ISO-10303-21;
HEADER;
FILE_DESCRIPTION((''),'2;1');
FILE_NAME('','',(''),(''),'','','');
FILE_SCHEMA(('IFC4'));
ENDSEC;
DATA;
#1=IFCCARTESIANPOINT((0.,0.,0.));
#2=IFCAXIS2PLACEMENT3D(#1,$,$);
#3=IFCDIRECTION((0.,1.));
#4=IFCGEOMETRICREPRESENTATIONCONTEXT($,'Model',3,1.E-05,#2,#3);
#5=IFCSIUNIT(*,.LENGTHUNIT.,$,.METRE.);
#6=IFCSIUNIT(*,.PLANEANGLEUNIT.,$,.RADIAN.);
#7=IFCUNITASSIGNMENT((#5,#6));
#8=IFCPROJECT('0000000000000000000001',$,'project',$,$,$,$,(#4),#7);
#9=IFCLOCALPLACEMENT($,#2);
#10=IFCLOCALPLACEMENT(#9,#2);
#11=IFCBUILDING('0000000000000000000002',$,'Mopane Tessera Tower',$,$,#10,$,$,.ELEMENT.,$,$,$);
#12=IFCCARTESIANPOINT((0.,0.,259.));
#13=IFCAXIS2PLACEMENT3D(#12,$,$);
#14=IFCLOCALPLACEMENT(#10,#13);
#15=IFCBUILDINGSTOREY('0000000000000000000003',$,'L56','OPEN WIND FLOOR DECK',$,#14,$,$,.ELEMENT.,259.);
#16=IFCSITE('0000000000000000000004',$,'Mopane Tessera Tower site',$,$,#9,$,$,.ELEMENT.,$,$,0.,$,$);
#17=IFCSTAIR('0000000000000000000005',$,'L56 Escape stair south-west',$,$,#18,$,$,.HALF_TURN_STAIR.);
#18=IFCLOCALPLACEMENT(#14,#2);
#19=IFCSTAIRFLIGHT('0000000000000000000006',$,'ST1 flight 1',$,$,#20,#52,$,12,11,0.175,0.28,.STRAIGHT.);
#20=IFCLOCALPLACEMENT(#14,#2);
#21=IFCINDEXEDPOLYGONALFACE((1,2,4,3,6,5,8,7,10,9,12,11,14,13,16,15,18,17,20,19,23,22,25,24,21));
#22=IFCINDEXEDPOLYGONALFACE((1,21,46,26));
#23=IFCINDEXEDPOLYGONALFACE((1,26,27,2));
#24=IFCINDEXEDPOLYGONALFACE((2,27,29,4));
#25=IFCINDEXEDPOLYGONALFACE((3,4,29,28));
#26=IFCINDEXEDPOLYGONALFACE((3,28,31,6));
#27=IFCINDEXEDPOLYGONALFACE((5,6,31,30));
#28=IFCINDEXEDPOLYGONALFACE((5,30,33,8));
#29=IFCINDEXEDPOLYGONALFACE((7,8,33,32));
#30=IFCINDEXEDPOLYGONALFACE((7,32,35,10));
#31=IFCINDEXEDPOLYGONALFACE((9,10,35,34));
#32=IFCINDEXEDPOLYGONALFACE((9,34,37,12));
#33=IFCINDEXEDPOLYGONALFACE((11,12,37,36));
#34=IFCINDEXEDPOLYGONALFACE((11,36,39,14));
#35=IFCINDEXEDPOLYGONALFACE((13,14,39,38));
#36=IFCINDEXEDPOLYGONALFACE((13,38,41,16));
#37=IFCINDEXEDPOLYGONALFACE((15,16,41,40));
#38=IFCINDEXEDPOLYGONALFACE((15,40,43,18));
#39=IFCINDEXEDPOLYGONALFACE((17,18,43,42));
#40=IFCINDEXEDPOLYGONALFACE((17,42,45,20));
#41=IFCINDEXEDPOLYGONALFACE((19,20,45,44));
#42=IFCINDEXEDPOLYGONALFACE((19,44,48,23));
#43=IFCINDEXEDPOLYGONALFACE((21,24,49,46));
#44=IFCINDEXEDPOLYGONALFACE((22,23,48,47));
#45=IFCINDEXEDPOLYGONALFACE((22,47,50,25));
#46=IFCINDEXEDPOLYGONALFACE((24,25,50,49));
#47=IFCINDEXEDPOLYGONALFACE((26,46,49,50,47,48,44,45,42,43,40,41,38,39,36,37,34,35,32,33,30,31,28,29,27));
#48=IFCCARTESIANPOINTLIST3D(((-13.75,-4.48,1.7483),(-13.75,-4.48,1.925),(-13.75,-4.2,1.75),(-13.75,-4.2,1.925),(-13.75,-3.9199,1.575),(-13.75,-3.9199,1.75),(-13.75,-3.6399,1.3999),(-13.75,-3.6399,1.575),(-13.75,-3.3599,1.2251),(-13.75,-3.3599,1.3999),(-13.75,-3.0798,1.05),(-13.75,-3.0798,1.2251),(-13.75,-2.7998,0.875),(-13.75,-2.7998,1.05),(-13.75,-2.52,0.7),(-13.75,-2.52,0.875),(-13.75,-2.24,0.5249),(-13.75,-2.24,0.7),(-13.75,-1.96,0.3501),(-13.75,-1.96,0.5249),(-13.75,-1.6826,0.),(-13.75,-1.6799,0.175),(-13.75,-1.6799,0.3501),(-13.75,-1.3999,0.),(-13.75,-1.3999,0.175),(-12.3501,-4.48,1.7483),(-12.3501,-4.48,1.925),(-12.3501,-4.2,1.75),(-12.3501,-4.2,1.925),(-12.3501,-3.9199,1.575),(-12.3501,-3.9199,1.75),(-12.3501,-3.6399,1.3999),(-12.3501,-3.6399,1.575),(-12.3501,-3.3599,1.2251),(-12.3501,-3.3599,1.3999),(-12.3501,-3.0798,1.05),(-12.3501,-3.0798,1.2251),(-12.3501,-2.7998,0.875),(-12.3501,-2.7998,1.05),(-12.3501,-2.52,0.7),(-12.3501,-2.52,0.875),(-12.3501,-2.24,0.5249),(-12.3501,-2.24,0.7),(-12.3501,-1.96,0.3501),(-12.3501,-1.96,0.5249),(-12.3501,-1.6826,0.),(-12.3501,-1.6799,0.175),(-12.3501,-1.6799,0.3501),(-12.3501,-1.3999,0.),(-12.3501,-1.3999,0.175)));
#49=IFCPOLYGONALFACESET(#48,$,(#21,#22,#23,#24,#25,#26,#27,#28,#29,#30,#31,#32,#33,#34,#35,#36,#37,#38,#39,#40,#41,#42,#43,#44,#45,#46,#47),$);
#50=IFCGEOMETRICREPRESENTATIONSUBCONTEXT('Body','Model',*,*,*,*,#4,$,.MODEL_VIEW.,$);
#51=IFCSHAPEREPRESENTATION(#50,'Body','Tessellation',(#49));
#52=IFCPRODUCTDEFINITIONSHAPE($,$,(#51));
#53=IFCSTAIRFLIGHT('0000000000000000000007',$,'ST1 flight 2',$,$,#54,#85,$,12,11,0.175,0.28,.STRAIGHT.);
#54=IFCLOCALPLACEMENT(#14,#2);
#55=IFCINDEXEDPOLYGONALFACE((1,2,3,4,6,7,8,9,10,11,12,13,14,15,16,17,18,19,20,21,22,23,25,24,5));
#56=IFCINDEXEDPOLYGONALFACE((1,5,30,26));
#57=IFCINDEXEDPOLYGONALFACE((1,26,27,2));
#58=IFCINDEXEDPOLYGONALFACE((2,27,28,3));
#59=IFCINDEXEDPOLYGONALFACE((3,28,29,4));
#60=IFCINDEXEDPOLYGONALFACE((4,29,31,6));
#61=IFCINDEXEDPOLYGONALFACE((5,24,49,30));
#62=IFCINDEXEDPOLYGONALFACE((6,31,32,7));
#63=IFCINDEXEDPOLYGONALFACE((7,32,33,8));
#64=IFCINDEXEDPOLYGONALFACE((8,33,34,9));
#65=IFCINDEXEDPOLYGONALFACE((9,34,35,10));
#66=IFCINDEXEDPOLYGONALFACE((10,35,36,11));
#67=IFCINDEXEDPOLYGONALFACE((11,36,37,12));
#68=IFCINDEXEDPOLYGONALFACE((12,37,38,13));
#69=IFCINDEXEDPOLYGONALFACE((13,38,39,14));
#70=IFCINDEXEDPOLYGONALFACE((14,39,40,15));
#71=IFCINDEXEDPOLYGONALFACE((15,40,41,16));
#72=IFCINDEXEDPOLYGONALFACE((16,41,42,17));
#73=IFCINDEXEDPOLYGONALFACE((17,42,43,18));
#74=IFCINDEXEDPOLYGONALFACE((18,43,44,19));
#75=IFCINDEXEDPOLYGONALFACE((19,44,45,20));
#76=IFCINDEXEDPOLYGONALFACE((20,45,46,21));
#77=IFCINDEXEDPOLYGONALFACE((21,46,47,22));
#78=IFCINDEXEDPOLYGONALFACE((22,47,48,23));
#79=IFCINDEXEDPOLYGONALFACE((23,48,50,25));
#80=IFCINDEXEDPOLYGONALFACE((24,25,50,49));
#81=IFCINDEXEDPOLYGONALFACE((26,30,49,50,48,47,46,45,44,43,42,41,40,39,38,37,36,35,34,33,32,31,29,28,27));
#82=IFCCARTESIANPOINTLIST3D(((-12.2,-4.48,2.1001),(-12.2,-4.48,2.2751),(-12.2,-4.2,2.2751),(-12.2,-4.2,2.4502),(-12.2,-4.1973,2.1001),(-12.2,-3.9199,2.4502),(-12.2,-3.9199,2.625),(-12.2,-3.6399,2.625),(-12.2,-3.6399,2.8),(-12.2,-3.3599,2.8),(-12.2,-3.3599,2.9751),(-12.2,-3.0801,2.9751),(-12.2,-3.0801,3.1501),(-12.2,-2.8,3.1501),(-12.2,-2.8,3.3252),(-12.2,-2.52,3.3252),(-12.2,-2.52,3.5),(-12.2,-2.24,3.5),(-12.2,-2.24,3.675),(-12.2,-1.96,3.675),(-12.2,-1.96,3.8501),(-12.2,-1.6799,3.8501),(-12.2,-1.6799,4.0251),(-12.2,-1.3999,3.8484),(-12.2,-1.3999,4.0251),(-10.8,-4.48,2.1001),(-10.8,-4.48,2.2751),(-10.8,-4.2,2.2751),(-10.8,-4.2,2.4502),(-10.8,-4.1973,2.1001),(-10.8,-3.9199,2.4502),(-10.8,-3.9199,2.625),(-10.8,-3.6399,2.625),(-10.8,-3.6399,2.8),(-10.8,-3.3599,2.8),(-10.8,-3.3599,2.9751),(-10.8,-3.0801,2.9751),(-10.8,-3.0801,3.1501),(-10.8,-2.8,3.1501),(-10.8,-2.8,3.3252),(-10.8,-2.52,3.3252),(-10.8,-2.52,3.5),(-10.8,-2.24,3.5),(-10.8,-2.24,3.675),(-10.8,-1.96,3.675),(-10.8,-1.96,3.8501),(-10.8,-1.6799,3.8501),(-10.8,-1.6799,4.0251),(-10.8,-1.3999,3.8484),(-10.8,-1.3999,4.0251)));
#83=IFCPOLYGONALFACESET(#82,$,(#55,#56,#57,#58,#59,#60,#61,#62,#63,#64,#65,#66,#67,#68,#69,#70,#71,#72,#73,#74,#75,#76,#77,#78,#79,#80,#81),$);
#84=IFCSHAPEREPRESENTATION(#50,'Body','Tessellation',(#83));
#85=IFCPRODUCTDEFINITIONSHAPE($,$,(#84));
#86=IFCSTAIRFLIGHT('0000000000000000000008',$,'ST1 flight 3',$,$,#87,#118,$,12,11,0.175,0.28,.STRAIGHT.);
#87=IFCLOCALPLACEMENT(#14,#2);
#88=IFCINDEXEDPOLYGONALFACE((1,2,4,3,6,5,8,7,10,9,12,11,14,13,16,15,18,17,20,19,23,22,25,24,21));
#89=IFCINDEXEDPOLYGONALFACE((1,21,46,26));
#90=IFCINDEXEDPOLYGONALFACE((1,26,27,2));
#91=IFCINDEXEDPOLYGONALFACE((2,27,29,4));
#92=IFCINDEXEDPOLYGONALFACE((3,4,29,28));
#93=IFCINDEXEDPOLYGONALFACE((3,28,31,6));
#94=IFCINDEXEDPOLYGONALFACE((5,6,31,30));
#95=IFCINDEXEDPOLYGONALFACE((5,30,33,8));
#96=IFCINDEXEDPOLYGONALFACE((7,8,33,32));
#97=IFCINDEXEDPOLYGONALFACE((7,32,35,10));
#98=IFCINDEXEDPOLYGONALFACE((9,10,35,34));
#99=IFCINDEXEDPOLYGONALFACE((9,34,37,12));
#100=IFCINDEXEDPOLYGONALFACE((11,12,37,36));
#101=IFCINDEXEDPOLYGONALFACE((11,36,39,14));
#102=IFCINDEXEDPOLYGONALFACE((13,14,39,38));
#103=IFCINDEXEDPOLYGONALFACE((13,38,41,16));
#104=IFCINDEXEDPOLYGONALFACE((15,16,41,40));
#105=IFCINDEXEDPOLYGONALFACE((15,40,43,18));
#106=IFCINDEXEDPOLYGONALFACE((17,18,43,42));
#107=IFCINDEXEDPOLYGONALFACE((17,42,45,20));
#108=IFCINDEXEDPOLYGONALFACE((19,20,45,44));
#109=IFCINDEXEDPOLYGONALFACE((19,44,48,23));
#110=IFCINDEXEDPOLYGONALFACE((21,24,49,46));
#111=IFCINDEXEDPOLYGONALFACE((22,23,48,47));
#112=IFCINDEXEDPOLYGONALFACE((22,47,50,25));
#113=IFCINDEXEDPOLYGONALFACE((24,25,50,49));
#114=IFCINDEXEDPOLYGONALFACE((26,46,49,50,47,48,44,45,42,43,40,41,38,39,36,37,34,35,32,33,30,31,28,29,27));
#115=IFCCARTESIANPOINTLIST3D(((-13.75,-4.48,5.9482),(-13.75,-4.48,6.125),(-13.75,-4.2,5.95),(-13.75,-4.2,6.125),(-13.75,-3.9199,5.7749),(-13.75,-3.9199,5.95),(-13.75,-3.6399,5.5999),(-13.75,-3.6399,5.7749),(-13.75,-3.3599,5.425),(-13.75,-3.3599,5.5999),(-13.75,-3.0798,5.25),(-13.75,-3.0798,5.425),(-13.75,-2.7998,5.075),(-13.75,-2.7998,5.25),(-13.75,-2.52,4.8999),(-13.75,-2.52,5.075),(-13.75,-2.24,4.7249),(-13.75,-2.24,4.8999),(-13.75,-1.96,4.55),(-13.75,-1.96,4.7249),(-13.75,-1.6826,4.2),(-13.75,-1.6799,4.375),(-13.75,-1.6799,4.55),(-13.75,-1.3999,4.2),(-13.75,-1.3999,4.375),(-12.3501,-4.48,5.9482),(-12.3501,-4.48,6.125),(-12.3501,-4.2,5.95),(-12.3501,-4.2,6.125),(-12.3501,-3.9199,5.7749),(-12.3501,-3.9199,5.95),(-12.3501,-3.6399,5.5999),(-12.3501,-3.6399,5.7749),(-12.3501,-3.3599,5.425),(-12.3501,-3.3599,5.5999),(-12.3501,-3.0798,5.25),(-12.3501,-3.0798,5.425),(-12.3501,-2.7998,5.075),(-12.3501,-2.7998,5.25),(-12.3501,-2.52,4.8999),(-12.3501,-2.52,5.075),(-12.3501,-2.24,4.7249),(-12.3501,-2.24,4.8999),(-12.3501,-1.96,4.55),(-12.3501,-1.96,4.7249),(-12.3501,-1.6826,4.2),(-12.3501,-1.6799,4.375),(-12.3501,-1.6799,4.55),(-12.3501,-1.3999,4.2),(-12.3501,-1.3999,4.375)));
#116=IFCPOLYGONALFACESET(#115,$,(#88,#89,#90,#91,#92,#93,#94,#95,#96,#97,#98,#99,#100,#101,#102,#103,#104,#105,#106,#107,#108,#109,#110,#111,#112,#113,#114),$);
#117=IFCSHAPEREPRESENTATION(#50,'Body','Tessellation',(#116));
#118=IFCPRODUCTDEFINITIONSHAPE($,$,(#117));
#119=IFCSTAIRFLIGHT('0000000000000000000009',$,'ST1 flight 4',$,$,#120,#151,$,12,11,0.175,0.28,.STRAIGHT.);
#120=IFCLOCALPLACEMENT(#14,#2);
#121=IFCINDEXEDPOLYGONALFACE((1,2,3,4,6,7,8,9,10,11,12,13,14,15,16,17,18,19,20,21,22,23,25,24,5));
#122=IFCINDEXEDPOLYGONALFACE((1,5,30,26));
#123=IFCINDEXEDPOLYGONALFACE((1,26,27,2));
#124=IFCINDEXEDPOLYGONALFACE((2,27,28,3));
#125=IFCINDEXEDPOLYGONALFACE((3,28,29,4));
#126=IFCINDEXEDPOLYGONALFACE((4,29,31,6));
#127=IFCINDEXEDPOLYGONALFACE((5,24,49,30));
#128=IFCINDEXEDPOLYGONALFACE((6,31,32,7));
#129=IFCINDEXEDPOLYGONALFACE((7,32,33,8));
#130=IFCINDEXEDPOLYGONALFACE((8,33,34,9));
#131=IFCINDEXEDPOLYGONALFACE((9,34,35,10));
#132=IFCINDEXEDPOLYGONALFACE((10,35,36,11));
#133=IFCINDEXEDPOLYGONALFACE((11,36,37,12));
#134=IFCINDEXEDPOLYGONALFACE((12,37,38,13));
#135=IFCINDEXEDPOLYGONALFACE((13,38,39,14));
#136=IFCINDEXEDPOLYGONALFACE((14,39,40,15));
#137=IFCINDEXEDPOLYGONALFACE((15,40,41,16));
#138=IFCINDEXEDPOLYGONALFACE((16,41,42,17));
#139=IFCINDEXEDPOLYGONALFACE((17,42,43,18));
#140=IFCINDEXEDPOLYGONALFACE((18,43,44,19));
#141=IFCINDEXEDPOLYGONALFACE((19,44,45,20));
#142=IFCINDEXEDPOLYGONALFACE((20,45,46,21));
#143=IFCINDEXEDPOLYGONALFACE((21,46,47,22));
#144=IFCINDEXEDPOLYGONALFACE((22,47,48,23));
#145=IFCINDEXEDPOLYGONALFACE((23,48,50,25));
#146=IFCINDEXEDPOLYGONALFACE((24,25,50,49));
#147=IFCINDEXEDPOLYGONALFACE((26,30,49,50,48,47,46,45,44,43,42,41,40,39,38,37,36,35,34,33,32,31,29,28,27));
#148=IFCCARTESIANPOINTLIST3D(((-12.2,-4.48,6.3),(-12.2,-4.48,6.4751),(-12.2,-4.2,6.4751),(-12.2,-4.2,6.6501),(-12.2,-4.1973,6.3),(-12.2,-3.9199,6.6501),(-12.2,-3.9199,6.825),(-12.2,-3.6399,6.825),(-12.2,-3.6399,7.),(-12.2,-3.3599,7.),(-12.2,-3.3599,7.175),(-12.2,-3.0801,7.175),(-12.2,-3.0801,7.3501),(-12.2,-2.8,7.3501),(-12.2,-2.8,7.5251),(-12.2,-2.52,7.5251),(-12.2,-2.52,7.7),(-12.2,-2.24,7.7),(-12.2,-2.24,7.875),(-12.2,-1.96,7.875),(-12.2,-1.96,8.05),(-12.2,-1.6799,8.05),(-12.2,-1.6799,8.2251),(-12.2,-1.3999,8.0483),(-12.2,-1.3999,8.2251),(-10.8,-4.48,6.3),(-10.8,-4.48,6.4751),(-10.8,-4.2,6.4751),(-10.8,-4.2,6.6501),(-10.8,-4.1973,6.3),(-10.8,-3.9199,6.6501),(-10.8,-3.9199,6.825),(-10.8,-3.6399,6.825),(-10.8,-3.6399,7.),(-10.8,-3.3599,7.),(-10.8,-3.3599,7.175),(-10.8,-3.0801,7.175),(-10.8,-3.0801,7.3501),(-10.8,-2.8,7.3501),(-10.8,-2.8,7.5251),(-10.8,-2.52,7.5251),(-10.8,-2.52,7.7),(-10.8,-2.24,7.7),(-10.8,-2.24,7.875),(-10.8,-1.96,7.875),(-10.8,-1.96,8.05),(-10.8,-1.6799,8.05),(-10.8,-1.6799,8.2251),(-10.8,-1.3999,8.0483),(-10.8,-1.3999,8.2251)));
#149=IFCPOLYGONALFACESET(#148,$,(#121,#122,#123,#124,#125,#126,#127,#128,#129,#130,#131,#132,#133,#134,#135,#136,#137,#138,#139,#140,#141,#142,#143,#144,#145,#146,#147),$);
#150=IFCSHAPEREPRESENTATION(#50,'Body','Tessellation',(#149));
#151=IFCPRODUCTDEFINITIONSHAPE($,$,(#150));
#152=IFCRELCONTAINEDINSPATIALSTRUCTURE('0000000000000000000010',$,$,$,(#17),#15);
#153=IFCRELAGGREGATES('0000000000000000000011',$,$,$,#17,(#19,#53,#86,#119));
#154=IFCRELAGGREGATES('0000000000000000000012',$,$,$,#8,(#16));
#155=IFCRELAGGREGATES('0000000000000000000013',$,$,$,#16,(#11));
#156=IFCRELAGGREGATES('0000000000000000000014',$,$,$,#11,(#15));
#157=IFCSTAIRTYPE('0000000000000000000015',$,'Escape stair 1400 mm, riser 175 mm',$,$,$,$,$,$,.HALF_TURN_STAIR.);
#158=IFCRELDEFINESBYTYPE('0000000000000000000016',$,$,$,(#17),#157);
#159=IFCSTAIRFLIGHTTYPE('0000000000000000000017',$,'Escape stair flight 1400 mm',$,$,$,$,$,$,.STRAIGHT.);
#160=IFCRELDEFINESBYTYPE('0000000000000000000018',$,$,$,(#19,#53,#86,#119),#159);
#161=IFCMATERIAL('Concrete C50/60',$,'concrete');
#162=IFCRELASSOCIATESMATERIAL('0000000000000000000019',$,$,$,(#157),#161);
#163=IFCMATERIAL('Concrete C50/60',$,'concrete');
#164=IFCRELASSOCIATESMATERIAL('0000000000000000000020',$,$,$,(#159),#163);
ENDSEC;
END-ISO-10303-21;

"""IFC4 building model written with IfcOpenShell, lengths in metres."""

from ifc_helpers import new_model, si_unit, direction, frame, origin, place, context, subcontext, project, spatial, polyline, outline, extrude, material, type_object, element, aggregate, save


model = new_model("IFC4")

# Units and contexts
model_context = context("Model", 3, precision=1e-05, world=origin(), true_north=direction((0.0, 1.0)))
body_context = subcontext(model_context, "Body", "Model", "MODEL_VIEW")
ifc_project = project(units=[si_unit("LENGTHUNIT", "METRE"), si_unit("PLANEANGLEUNIT", "RADIAN")], contexts=[model_context])

# Site, building, storey
site_placement = place(None, origin())
site = spatial("IfcSite", under=ifc_project, at=site_placement, Name="Mopane Tessera Tower site", CompositionType="ELEMENT", RefElevation=0.0)
building_placement = place(site_placement, origin())
building = spatial("IfcBuilding", under=site, at=building_placement, Name="Mopane Tessera Tower", CompositionType="ELEMENT")
storey_placement = place(building_placement, frame((0.0, 0.0, 259.0)))
storey = spatial("IfcBuildingStorey", under=building, at=storey_placement, Name="L56", Description="OPEN WIND FLOOR DECK", CompositionType="ELEMENT", Elevation=259.0)

# Stair, stair flights
ifc_material_1 = material(Name="Concrete C50/60", Category="concrete")
stair_type = type_object("IfcStairType", Name="Escape stair 1400 mm, riser 175 mm", PredefinedType="HALF_TURN_STAIR", material=ifc_material_1)
stair_placement = place(storey_placement, origin())
stair = element("IfcStair", 1, at=stair_placement, inside=storey, type_object=stair_type, Name="L56 Escape stair south-west", PredefinedType="HALF_TURN_STAIR")
ifc_material_2 = material(Name="Concrete C50/60", Category="concrete")
stair_flight_type = type_object("IfcStairFlightType", Name="Escape stair flight 1400 mm", PredefinedType="STRAIGHT", material=ifc_material_2)
stair_flight_1_placement = place(storey_placement, frame((-13.05, -1.3999, 0.0), z_axis=(0.0, 0.0, 1.0), x_axis=(0.0, -1.0, 0.0)))
stair_flight_1 = element("IfcStairFlight", 2, at=stair_flight_1_placement, type_object=stair_flight_type, Name="ST1 flight 1", NumberOfRisers=12, NumberOfTreads=11, PredefinedType="STRAIGHT", RiserHeight=0.175, TreadLength=0.28, context=body_context, shape_type="SweptSolid", body=[
    extrude(outline(polyline([(0.0, 0.0), (0.0, 0.175), (0.28, 0.175), (0.28, 0.3501), (0.5601, 0.3501), (0.5601, 0.5249), (0.8401, 0.5249), (0.8401, 0.7), (1.1201, 0.7), (1.1201, 0.875), (1.3999, 0.875), (1.3999, 1.05), (1.6799, 1.05), (1.6799, 1.2251), (1.96, 1.2251), (1.96, 1.3999), (2.24, 1.3999), (2.24, 1.575), (2.52, 1.575), (2.52, 1.75), (2.8, 1.75), (2.8, 1.925), (3.0801, 1.925), (3.0801, 2.1001), (3.0801, 1.7483), (0.2827, 0.0), (0.0, 0.0)])), frame((0.0, 0.7, 0.0), z_axis=(0.0, -1.0, 0.0), x_axis=(1.0, 0.0, 0.0)), (0.0, 0.0, 1.0), 1.3999),
])
stair_flight_2_placement = place(storey_placement, frame((-11.5, -4.48, 2.1001), z_axis=(0.0, 0.0, 1.0), x_axis=(0.0, 1.0, 0.0)))
stair_flight_2 = element("IfcStairFlight", 3, at=stair_flight_2_placement, type_object=stair_flight_type, Name="ST1 flight 2", NumberOfRisers=12, NumberOfTreads=11, PredefinedType="STRAIGHT", RiserHeight=0.175, TreadLength=0.28, context=body_context, shape_type="SweptSolid", body=[
    extrude(outline(polyline([(0.0, 0.0), (0.0, 0.175), (0.28, 0.175), (0.28, 0.3501), (0.5601, 0.3501), (0.5601, 0.5249), (0.8401, 0.5249), (0.8401, 0.7), (1.1201, 0.7), (1.1201, 0.875), (1.3999, 0.875), (1.3999, 1.05), (1.6799, 1.05), (1.6799, 1.2251), (1.96, 1.2251), (1.96, 1.3999), (2.24, 1.3999), (2.24, 1.575), (2.52, 1.575), (2.52, 1.75), (2.8, 1.75), (2.8, 1.925), (3.0801, 1.925), (3.0801, 2.1001), (3.0801, 1.7483), (0.2827, 0.0), (0.0, 0.0)])), frame((0.0, 0.7, 0.0), z_axis=(0.0, -1.0, 0.0), x_axis=(1.0, 0.0, 0.0)), (0.0, 0.0, 1.0), 1.3999),
])
stair_flight_3_placement = place(storey_placement, frame((-13.05, -1.3999, 4.2), z_axis=(0.0, 0.0, 1.0), x_axis=(0.0, -1.0, 0.0)))
stair_flight_3 = element("IfcStairFlight", 4, at=stair_flight_3_placement, type_object=stair_flight_type, Name="ST1 flight 3", NumberOfRisers=12, NumberOfTreads=11, PredefinedType="STRAIGHT", RiserHeight=0.175, TreadLength=0.28, context=body_context, shape_type="SweptSolid", body=[
    extrude(outline(polyline([(0.0, 0.0), (0.0, 0.175), (0.28, 0.175), (0.28, 0.3501), (0.5601, 0.3501), (0.5601, 0.5249), (0.8401, 0.5249), (0.8401, 0.7), (1.1201, 0.7), (1.1201, 0.875), (1.3999, 0.875), (1.3999, 1.05), (1.6799, 1.05), (1.6799, 1.2251), (1.96, 1.2251), (1.96, 1.3999), (2.24, 1.3999), (2.24, 1.575), (2.52, 1.575), (2.52, 1.75), (2.8, 1.75), (2.8, 1.925), (3.0801, 1.925), (3.0801, 2.1001), (3.0801, 1.7483), (0.2827, 0.0), (0.0, 0.0)])), frame((0.0, 0.7, 0.0), z_axis=(0.0, -1.0, 0.0), x_axis=(1.0, 0.0, 0.0)), (0.0, 0.0, 1.0), 1.3999),
])
stair_flight_4_placement = place(storey_placement, frame((-11.5, -4.48, 6.3), z_axis=(0.0, 0.0, 1.0), x_axis=(0.0, 1.0, 0.0)))
stair_flight_4 = element("IfcStairFlight", 5, at=stair_flight_4_placement, type_object=stair_flight_type, Name="ST1 flight 4", NumberOfRisers=12, NumberOfTreads=11, PredefinedType="STRAIGHT", RiserHeight=0.175, TreadLength=0.28, context=body_context, shape_type="SweptSolid", body=[
    extrude(outline(polyline([(0.0, 0.0), (0.0, 0.175), (0.28, 0.175), (0.28, 0.3501), (0.5601, 0.3501), (0.5601, 0.5249), (0.8401, 0.5249), (0.8401, 0.7), (1.1201, 0.7), (1.1201, 0.875), (1.3999, 0.875), (1.3999, 1.05), (1.6799, 1.05), (1.6799, 1.2251), (1.96, 1.2251), (1.96, 1.3999), (2.24, 1.3999), (2.24, 1.575), (2.52, 1.575), (2.52, 1.75), (2.8, 1.75), (2.8, 1.925), (3.0801, 1.925), (3.0801, 2.1001), (3.0801, 1.7483), (0.2827, 0.0), (0.0, 0.0)])), frame((0.0, 0.7, 0.0), z_axis=(0.0, -1.0, 0.0), x_axis=(1.0, 0.0, 0.0)), (0.0, 0.0, 1.0), 1.3999),
])
aggregate(stair, [stair_flight_1, stair_flight_2, stair_flight_3, stair_flight_4])

save(model, "model.ifc")
